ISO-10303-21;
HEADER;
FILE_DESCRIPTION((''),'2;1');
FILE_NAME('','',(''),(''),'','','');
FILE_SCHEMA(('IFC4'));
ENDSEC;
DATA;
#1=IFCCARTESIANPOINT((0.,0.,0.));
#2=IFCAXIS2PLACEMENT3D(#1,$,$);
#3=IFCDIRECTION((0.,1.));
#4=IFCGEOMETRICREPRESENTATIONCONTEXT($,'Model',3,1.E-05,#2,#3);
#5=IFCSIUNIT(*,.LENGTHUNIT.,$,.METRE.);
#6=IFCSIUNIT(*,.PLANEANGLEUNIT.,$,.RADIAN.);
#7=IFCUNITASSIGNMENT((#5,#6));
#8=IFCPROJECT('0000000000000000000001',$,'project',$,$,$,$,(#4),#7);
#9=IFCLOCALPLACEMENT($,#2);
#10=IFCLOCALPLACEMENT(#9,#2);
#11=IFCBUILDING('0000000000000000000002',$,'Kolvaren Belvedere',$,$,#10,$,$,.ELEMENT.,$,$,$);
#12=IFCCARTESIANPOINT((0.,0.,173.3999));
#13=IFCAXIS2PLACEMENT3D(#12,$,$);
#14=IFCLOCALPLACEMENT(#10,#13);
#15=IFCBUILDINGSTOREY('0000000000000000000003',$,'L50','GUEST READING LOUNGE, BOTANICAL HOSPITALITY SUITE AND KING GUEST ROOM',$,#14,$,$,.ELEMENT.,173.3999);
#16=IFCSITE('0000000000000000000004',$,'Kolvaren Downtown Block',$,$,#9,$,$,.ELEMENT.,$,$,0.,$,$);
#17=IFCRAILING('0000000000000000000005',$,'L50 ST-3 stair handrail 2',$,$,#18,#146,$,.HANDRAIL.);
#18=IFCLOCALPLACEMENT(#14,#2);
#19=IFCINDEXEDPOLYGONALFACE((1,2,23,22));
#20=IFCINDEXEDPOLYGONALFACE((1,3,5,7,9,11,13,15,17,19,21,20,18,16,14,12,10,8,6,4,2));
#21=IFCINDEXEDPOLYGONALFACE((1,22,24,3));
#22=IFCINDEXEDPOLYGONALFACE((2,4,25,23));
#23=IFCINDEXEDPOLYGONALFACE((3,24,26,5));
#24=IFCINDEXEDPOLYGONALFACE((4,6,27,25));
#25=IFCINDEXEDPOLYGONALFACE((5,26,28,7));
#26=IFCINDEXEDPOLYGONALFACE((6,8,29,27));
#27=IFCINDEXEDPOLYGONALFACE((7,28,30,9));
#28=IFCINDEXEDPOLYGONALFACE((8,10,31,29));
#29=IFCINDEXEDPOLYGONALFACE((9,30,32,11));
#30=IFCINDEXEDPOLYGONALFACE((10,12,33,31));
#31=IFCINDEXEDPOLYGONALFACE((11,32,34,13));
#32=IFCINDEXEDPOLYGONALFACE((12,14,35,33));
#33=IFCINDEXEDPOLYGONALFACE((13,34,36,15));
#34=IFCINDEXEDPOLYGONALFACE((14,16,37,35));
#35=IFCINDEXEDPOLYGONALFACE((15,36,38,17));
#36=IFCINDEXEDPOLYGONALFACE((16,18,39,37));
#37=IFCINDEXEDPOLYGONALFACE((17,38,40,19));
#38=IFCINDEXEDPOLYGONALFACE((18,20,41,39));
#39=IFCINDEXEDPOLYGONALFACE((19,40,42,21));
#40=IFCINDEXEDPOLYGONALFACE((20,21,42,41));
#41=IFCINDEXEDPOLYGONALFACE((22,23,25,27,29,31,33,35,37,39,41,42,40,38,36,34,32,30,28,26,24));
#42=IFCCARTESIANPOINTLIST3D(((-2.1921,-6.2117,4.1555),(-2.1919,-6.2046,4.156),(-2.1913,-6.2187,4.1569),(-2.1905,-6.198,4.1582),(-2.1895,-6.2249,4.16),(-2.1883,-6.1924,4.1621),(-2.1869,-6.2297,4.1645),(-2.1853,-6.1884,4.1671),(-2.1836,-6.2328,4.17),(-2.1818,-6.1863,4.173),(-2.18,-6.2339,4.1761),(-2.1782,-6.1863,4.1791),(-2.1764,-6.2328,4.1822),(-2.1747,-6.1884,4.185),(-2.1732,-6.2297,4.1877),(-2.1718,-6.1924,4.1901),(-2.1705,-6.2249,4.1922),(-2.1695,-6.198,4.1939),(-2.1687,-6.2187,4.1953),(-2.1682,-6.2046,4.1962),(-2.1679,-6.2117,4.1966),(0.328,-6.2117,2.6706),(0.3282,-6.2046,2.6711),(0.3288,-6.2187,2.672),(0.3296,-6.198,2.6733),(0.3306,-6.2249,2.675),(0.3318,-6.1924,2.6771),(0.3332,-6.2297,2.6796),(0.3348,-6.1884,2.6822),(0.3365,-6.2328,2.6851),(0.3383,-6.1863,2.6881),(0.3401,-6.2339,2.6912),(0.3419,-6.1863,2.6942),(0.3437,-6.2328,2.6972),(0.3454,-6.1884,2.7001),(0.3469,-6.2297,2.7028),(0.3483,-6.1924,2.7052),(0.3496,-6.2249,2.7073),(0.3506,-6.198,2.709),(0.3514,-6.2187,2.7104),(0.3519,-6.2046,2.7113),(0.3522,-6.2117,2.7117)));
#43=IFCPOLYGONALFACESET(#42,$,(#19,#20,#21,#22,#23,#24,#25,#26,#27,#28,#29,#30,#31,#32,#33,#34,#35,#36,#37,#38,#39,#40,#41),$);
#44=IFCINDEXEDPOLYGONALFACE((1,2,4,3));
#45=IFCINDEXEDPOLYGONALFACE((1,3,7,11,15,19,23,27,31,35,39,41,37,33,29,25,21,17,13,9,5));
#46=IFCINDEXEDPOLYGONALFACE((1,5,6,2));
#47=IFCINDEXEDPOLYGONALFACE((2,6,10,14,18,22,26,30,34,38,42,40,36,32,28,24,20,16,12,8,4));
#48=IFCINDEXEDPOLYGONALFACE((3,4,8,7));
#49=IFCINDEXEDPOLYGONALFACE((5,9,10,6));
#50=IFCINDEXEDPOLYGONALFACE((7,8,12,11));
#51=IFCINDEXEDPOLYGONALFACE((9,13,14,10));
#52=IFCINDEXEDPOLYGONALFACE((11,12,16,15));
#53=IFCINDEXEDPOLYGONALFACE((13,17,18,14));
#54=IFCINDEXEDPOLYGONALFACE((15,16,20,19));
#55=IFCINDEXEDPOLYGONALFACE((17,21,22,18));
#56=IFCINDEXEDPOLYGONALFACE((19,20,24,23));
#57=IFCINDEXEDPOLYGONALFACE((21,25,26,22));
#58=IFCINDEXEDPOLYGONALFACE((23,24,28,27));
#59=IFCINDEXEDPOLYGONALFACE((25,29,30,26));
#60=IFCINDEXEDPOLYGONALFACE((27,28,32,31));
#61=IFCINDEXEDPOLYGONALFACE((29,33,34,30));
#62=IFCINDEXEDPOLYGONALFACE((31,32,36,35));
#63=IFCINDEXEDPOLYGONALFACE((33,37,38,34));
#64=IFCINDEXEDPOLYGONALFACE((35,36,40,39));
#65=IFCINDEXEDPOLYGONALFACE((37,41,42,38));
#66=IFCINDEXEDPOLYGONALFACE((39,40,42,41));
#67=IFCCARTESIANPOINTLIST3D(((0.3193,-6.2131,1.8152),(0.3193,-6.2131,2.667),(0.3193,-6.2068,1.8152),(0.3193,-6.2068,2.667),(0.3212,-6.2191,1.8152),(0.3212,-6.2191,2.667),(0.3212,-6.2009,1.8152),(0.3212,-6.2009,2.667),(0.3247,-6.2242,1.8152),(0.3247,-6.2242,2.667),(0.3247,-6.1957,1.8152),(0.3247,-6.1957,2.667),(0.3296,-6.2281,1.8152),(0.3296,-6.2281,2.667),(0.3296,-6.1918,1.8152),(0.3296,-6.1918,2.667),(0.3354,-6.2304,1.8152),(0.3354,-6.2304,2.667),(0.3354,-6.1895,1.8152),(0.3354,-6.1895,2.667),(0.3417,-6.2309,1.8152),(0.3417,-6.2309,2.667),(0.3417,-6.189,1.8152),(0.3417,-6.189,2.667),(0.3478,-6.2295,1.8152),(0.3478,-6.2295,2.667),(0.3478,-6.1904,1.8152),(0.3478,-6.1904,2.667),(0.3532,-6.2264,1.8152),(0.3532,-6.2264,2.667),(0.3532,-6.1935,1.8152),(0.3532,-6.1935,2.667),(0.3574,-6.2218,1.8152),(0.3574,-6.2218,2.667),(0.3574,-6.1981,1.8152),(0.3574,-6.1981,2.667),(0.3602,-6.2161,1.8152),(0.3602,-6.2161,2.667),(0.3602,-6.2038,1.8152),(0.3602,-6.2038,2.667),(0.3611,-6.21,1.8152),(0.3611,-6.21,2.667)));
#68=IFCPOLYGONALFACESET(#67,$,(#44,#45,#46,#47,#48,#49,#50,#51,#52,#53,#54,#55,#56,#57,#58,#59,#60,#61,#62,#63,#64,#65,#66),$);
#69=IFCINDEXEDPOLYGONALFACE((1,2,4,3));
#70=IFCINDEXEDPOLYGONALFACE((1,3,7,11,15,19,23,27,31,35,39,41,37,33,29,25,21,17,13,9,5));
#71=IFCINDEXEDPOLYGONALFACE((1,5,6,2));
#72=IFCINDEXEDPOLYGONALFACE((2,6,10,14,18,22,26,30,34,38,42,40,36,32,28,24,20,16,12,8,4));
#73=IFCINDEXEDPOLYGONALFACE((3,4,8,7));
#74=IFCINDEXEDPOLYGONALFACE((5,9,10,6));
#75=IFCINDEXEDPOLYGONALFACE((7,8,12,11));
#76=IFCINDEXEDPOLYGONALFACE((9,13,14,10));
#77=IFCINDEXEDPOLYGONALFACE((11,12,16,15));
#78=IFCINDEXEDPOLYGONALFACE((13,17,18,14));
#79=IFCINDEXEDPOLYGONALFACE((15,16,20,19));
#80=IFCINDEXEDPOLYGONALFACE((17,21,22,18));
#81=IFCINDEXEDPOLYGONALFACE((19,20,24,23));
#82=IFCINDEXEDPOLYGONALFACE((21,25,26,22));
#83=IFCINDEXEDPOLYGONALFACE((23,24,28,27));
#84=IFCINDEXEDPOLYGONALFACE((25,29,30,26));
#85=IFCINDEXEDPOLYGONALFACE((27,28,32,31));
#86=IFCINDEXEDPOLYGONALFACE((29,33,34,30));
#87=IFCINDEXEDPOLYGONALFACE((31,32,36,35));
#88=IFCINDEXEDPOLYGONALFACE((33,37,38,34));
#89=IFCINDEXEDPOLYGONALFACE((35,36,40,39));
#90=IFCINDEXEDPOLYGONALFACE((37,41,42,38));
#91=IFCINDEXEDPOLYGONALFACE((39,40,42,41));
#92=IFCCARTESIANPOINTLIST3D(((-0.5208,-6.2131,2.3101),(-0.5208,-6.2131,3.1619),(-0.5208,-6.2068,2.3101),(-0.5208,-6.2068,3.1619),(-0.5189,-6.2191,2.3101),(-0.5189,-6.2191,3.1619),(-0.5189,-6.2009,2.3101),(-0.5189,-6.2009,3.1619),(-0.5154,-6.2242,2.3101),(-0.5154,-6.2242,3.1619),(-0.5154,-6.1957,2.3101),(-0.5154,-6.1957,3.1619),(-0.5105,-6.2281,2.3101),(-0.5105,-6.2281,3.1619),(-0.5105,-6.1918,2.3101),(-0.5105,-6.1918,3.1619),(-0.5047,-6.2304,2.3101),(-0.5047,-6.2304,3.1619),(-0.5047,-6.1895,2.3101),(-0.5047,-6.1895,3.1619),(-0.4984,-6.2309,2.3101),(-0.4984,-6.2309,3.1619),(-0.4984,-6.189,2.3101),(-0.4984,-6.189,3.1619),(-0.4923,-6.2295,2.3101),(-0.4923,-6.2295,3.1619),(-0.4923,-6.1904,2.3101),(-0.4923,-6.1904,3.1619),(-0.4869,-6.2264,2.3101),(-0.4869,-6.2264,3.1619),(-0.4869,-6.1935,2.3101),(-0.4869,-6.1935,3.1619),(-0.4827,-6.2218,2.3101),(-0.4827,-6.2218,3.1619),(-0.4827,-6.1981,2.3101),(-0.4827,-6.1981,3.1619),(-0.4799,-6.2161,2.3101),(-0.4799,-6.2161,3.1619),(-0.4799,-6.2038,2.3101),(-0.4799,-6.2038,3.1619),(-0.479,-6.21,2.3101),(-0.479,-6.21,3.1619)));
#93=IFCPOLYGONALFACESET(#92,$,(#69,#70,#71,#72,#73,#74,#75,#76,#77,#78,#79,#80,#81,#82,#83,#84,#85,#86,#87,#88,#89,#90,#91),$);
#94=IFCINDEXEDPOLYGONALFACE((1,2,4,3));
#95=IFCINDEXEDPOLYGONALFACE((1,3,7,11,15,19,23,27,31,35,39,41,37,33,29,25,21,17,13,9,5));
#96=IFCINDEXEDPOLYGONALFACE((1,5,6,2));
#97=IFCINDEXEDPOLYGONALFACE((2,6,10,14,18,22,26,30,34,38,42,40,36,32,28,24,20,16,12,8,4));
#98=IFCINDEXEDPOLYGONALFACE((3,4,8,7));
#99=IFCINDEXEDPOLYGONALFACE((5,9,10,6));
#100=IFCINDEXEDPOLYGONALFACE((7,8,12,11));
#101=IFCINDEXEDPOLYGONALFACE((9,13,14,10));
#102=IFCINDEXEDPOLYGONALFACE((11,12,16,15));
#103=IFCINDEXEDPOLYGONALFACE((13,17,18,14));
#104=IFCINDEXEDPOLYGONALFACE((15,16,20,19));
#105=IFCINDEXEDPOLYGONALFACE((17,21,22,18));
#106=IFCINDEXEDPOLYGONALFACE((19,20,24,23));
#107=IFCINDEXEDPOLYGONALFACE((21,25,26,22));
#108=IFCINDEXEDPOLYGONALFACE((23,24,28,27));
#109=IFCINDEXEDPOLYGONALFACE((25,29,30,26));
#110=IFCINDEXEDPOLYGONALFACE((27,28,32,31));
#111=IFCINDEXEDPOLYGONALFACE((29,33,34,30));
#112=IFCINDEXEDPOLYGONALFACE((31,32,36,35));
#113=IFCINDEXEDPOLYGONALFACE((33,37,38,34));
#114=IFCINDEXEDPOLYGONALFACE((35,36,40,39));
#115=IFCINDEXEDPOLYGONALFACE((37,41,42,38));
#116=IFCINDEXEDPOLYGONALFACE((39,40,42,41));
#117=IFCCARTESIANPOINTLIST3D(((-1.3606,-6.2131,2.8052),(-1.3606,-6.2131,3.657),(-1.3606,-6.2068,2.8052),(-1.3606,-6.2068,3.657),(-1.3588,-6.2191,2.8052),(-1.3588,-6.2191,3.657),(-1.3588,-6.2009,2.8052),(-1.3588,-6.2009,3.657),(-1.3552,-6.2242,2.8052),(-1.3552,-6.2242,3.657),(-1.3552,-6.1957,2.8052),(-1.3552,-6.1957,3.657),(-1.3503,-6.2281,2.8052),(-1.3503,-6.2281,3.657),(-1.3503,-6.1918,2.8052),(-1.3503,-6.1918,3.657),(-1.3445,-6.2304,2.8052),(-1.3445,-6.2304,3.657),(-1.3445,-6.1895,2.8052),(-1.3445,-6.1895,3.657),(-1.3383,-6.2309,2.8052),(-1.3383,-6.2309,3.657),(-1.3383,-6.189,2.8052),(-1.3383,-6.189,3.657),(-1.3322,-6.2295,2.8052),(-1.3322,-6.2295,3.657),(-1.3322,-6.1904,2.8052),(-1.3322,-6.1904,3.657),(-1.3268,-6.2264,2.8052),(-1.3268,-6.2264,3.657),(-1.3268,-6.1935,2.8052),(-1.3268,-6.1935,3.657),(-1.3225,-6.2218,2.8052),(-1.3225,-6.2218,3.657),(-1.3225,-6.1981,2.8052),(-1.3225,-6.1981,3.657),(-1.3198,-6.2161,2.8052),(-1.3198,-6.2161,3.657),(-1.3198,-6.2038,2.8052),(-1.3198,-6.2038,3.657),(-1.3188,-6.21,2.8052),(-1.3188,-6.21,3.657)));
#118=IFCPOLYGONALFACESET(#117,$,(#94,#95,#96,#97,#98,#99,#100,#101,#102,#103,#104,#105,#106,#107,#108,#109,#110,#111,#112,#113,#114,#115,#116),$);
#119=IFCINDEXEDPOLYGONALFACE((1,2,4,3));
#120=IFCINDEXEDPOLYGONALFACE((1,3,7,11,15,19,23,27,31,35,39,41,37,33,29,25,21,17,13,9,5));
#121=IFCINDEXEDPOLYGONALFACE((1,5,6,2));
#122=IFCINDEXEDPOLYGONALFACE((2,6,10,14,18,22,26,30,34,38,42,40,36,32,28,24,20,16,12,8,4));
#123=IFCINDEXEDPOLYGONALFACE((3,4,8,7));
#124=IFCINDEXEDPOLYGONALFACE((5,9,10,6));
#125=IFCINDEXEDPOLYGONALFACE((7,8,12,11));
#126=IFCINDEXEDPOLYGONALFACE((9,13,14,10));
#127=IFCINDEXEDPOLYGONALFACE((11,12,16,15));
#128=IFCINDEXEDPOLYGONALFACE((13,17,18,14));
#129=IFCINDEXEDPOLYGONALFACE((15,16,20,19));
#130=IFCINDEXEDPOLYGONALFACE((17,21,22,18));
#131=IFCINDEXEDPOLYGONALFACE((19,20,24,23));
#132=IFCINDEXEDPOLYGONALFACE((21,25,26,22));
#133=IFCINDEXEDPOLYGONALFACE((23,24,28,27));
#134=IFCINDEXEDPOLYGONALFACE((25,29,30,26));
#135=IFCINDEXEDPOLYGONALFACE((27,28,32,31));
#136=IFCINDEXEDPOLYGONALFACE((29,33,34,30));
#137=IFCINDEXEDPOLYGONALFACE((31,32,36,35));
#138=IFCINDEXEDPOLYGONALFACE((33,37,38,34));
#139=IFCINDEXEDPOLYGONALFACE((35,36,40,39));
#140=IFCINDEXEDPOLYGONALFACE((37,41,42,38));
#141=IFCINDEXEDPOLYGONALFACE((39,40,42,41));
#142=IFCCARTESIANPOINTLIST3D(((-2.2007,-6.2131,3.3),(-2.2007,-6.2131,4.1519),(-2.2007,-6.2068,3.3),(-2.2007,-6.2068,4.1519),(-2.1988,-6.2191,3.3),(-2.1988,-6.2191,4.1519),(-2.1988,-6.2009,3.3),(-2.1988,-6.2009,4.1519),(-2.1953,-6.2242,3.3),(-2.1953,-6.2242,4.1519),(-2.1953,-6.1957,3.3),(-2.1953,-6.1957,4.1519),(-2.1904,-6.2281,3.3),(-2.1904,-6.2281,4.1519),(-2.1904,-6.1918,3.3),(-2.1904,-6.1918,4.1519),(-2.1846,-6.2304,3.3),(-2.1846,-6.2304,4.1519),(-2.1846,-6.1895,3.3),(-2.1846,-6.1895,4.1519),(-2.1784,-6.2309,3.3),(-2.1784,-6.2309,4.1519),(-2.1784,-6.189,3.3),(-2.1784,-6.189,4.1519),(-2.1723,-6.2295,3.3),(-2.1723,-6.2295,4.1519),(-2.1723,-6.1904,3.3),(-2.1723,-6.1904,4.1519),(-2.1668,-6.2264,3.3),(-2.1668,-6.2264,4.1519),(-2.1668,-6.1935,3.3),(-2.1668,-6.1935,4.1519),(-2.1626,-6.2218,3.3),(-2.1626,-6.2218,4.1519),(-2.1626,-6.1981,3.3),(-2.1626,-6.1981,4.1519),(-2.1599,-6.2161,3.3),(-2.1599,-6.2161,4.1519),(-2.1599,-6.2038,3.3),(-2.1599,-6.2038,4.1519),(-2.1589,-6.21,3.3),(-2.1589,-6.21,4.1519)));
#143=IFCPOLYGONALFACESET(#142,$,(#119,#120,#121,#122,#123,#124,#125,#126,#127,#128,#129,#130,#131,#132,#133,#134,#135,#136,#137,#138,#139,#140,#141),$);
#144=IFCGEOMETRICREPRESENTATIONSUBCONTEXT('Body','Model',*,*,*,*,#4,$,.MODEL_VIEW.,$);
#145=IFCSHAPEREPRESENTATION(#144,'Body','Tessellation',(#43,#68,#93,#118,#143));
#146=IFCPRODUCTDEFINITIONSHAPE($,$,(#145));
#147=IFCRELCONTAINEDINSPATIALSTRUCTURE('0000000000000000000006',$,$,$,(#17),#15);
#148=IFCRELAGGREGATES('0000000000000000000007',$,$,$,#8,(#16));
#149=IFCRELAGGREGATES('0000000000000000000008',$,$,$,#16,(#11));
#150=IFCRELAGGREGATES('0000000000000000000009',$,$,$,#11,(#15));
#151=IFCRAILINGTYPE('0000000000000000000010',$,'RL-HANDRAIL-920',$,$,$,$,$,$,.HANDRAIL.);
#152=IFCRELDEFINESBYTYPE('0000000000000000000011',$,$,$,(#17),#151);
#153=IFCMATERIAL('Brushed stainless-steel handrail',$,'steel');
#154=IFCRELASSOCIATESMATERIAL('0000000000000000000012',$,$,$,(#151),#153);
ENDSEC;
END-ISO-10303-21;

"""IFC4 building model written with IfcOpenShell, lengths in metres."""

from ifc_helpers import new_model, si_unit, direction, frame, origin, origin_2d, place, context, subcontext, project, spatial, circle, extrude, material, type_object, element, save


model = new_model("IFC4")

# Units and contexts
model_context = context("Model", 3, precision=1e-05, world=origin(), true_north=direction((0.0, 1.0)))
body_context = subcontext(model_context, "Body", "Model", "MODEL_VIEW")
ifc_project = project(units=[si_unit("LENGTHUNIT", "METRE"), si_unit("PLANEANGLEUNIT", "RADIAN")], contexts=[model_context])

# Site, building, storey
site_placement = place(None, origin())
site = spatial("IfcSite", under=ifc_project, at=site_placement, Name="Kolvaren Downtown Block", CompositionType="ELEMENT", RefElevation=0.0)
building_placement = place(site_placement, origin())
building = spatial("IfcBuilding", under=site, at=building_placement, Name="Kolvaren Belvedere", CompositionType="ELEMENT")
storey_placement = place(building_placement, frame((0.0, 0.0, 173.3999)))
storey = spatial("IfcBuildingStorey", under=building, at=storey_placement, Name="L50", Description="GUEST READING LOUNGE, BOTANICAL HOSPITALITY SUITE AND KING GUEST ROOM", CompositionType="ELEMENT", Elevation=173.3999)

# Railing
ifc_material_1 = material(Name="Brushed stainless-steel handrail", Category="steel")
railing_type_1 = type_object("IfcRailingType", Name="RL-HANDRAIL-920", PredefinedType="HANDRAIL", material=ifc_material_1)
railing_1_placement = place(storey_placement, frame((0.3401, -6.21, 1.8152)))
element("IfcRailing", 1, at=railing_1_placement, inside=storey, type_object=railing_type_1, Name="L50 ST-3 stair handrail 2", PredefinedType="HANDRAIL", context=body_context, shape_type="SweptSolid", body=[
    extrude(circle(Radius=0.0239, at=origin_2d()), frame((0.0, 0.0, 0.876), z_axis=(-0.861561, 0.0, 0.507655), x_axis=(0.0, -1.0, 0.0)), (0.0, 0.0, 1.0), 2.925),
    extrude(circle(Radius=0.021, at=origin_2d()), origin(), (0.0, 0.0, 1.0), 0.8518),
    extrude(circle(Radius=0.021, at=origin_2d()), frame((-0.8401, 0.0, 0.4949)), (0.0, 0.0, 1.0), 0.8518),
    extrude(circle(Radius=0.021, at=origin_2d()), frame((-1.6799, 0.0, 0.99)), (0.0, 0.0, 1.0), 0.8518),
    extrude(circle(Radius=0.021, at=origin_2d()), frame((-2.52, 0.0, 1.4849)), (0.0, 0.0, 1.0), 0.8518),
])

save(model, "model.ifc")
